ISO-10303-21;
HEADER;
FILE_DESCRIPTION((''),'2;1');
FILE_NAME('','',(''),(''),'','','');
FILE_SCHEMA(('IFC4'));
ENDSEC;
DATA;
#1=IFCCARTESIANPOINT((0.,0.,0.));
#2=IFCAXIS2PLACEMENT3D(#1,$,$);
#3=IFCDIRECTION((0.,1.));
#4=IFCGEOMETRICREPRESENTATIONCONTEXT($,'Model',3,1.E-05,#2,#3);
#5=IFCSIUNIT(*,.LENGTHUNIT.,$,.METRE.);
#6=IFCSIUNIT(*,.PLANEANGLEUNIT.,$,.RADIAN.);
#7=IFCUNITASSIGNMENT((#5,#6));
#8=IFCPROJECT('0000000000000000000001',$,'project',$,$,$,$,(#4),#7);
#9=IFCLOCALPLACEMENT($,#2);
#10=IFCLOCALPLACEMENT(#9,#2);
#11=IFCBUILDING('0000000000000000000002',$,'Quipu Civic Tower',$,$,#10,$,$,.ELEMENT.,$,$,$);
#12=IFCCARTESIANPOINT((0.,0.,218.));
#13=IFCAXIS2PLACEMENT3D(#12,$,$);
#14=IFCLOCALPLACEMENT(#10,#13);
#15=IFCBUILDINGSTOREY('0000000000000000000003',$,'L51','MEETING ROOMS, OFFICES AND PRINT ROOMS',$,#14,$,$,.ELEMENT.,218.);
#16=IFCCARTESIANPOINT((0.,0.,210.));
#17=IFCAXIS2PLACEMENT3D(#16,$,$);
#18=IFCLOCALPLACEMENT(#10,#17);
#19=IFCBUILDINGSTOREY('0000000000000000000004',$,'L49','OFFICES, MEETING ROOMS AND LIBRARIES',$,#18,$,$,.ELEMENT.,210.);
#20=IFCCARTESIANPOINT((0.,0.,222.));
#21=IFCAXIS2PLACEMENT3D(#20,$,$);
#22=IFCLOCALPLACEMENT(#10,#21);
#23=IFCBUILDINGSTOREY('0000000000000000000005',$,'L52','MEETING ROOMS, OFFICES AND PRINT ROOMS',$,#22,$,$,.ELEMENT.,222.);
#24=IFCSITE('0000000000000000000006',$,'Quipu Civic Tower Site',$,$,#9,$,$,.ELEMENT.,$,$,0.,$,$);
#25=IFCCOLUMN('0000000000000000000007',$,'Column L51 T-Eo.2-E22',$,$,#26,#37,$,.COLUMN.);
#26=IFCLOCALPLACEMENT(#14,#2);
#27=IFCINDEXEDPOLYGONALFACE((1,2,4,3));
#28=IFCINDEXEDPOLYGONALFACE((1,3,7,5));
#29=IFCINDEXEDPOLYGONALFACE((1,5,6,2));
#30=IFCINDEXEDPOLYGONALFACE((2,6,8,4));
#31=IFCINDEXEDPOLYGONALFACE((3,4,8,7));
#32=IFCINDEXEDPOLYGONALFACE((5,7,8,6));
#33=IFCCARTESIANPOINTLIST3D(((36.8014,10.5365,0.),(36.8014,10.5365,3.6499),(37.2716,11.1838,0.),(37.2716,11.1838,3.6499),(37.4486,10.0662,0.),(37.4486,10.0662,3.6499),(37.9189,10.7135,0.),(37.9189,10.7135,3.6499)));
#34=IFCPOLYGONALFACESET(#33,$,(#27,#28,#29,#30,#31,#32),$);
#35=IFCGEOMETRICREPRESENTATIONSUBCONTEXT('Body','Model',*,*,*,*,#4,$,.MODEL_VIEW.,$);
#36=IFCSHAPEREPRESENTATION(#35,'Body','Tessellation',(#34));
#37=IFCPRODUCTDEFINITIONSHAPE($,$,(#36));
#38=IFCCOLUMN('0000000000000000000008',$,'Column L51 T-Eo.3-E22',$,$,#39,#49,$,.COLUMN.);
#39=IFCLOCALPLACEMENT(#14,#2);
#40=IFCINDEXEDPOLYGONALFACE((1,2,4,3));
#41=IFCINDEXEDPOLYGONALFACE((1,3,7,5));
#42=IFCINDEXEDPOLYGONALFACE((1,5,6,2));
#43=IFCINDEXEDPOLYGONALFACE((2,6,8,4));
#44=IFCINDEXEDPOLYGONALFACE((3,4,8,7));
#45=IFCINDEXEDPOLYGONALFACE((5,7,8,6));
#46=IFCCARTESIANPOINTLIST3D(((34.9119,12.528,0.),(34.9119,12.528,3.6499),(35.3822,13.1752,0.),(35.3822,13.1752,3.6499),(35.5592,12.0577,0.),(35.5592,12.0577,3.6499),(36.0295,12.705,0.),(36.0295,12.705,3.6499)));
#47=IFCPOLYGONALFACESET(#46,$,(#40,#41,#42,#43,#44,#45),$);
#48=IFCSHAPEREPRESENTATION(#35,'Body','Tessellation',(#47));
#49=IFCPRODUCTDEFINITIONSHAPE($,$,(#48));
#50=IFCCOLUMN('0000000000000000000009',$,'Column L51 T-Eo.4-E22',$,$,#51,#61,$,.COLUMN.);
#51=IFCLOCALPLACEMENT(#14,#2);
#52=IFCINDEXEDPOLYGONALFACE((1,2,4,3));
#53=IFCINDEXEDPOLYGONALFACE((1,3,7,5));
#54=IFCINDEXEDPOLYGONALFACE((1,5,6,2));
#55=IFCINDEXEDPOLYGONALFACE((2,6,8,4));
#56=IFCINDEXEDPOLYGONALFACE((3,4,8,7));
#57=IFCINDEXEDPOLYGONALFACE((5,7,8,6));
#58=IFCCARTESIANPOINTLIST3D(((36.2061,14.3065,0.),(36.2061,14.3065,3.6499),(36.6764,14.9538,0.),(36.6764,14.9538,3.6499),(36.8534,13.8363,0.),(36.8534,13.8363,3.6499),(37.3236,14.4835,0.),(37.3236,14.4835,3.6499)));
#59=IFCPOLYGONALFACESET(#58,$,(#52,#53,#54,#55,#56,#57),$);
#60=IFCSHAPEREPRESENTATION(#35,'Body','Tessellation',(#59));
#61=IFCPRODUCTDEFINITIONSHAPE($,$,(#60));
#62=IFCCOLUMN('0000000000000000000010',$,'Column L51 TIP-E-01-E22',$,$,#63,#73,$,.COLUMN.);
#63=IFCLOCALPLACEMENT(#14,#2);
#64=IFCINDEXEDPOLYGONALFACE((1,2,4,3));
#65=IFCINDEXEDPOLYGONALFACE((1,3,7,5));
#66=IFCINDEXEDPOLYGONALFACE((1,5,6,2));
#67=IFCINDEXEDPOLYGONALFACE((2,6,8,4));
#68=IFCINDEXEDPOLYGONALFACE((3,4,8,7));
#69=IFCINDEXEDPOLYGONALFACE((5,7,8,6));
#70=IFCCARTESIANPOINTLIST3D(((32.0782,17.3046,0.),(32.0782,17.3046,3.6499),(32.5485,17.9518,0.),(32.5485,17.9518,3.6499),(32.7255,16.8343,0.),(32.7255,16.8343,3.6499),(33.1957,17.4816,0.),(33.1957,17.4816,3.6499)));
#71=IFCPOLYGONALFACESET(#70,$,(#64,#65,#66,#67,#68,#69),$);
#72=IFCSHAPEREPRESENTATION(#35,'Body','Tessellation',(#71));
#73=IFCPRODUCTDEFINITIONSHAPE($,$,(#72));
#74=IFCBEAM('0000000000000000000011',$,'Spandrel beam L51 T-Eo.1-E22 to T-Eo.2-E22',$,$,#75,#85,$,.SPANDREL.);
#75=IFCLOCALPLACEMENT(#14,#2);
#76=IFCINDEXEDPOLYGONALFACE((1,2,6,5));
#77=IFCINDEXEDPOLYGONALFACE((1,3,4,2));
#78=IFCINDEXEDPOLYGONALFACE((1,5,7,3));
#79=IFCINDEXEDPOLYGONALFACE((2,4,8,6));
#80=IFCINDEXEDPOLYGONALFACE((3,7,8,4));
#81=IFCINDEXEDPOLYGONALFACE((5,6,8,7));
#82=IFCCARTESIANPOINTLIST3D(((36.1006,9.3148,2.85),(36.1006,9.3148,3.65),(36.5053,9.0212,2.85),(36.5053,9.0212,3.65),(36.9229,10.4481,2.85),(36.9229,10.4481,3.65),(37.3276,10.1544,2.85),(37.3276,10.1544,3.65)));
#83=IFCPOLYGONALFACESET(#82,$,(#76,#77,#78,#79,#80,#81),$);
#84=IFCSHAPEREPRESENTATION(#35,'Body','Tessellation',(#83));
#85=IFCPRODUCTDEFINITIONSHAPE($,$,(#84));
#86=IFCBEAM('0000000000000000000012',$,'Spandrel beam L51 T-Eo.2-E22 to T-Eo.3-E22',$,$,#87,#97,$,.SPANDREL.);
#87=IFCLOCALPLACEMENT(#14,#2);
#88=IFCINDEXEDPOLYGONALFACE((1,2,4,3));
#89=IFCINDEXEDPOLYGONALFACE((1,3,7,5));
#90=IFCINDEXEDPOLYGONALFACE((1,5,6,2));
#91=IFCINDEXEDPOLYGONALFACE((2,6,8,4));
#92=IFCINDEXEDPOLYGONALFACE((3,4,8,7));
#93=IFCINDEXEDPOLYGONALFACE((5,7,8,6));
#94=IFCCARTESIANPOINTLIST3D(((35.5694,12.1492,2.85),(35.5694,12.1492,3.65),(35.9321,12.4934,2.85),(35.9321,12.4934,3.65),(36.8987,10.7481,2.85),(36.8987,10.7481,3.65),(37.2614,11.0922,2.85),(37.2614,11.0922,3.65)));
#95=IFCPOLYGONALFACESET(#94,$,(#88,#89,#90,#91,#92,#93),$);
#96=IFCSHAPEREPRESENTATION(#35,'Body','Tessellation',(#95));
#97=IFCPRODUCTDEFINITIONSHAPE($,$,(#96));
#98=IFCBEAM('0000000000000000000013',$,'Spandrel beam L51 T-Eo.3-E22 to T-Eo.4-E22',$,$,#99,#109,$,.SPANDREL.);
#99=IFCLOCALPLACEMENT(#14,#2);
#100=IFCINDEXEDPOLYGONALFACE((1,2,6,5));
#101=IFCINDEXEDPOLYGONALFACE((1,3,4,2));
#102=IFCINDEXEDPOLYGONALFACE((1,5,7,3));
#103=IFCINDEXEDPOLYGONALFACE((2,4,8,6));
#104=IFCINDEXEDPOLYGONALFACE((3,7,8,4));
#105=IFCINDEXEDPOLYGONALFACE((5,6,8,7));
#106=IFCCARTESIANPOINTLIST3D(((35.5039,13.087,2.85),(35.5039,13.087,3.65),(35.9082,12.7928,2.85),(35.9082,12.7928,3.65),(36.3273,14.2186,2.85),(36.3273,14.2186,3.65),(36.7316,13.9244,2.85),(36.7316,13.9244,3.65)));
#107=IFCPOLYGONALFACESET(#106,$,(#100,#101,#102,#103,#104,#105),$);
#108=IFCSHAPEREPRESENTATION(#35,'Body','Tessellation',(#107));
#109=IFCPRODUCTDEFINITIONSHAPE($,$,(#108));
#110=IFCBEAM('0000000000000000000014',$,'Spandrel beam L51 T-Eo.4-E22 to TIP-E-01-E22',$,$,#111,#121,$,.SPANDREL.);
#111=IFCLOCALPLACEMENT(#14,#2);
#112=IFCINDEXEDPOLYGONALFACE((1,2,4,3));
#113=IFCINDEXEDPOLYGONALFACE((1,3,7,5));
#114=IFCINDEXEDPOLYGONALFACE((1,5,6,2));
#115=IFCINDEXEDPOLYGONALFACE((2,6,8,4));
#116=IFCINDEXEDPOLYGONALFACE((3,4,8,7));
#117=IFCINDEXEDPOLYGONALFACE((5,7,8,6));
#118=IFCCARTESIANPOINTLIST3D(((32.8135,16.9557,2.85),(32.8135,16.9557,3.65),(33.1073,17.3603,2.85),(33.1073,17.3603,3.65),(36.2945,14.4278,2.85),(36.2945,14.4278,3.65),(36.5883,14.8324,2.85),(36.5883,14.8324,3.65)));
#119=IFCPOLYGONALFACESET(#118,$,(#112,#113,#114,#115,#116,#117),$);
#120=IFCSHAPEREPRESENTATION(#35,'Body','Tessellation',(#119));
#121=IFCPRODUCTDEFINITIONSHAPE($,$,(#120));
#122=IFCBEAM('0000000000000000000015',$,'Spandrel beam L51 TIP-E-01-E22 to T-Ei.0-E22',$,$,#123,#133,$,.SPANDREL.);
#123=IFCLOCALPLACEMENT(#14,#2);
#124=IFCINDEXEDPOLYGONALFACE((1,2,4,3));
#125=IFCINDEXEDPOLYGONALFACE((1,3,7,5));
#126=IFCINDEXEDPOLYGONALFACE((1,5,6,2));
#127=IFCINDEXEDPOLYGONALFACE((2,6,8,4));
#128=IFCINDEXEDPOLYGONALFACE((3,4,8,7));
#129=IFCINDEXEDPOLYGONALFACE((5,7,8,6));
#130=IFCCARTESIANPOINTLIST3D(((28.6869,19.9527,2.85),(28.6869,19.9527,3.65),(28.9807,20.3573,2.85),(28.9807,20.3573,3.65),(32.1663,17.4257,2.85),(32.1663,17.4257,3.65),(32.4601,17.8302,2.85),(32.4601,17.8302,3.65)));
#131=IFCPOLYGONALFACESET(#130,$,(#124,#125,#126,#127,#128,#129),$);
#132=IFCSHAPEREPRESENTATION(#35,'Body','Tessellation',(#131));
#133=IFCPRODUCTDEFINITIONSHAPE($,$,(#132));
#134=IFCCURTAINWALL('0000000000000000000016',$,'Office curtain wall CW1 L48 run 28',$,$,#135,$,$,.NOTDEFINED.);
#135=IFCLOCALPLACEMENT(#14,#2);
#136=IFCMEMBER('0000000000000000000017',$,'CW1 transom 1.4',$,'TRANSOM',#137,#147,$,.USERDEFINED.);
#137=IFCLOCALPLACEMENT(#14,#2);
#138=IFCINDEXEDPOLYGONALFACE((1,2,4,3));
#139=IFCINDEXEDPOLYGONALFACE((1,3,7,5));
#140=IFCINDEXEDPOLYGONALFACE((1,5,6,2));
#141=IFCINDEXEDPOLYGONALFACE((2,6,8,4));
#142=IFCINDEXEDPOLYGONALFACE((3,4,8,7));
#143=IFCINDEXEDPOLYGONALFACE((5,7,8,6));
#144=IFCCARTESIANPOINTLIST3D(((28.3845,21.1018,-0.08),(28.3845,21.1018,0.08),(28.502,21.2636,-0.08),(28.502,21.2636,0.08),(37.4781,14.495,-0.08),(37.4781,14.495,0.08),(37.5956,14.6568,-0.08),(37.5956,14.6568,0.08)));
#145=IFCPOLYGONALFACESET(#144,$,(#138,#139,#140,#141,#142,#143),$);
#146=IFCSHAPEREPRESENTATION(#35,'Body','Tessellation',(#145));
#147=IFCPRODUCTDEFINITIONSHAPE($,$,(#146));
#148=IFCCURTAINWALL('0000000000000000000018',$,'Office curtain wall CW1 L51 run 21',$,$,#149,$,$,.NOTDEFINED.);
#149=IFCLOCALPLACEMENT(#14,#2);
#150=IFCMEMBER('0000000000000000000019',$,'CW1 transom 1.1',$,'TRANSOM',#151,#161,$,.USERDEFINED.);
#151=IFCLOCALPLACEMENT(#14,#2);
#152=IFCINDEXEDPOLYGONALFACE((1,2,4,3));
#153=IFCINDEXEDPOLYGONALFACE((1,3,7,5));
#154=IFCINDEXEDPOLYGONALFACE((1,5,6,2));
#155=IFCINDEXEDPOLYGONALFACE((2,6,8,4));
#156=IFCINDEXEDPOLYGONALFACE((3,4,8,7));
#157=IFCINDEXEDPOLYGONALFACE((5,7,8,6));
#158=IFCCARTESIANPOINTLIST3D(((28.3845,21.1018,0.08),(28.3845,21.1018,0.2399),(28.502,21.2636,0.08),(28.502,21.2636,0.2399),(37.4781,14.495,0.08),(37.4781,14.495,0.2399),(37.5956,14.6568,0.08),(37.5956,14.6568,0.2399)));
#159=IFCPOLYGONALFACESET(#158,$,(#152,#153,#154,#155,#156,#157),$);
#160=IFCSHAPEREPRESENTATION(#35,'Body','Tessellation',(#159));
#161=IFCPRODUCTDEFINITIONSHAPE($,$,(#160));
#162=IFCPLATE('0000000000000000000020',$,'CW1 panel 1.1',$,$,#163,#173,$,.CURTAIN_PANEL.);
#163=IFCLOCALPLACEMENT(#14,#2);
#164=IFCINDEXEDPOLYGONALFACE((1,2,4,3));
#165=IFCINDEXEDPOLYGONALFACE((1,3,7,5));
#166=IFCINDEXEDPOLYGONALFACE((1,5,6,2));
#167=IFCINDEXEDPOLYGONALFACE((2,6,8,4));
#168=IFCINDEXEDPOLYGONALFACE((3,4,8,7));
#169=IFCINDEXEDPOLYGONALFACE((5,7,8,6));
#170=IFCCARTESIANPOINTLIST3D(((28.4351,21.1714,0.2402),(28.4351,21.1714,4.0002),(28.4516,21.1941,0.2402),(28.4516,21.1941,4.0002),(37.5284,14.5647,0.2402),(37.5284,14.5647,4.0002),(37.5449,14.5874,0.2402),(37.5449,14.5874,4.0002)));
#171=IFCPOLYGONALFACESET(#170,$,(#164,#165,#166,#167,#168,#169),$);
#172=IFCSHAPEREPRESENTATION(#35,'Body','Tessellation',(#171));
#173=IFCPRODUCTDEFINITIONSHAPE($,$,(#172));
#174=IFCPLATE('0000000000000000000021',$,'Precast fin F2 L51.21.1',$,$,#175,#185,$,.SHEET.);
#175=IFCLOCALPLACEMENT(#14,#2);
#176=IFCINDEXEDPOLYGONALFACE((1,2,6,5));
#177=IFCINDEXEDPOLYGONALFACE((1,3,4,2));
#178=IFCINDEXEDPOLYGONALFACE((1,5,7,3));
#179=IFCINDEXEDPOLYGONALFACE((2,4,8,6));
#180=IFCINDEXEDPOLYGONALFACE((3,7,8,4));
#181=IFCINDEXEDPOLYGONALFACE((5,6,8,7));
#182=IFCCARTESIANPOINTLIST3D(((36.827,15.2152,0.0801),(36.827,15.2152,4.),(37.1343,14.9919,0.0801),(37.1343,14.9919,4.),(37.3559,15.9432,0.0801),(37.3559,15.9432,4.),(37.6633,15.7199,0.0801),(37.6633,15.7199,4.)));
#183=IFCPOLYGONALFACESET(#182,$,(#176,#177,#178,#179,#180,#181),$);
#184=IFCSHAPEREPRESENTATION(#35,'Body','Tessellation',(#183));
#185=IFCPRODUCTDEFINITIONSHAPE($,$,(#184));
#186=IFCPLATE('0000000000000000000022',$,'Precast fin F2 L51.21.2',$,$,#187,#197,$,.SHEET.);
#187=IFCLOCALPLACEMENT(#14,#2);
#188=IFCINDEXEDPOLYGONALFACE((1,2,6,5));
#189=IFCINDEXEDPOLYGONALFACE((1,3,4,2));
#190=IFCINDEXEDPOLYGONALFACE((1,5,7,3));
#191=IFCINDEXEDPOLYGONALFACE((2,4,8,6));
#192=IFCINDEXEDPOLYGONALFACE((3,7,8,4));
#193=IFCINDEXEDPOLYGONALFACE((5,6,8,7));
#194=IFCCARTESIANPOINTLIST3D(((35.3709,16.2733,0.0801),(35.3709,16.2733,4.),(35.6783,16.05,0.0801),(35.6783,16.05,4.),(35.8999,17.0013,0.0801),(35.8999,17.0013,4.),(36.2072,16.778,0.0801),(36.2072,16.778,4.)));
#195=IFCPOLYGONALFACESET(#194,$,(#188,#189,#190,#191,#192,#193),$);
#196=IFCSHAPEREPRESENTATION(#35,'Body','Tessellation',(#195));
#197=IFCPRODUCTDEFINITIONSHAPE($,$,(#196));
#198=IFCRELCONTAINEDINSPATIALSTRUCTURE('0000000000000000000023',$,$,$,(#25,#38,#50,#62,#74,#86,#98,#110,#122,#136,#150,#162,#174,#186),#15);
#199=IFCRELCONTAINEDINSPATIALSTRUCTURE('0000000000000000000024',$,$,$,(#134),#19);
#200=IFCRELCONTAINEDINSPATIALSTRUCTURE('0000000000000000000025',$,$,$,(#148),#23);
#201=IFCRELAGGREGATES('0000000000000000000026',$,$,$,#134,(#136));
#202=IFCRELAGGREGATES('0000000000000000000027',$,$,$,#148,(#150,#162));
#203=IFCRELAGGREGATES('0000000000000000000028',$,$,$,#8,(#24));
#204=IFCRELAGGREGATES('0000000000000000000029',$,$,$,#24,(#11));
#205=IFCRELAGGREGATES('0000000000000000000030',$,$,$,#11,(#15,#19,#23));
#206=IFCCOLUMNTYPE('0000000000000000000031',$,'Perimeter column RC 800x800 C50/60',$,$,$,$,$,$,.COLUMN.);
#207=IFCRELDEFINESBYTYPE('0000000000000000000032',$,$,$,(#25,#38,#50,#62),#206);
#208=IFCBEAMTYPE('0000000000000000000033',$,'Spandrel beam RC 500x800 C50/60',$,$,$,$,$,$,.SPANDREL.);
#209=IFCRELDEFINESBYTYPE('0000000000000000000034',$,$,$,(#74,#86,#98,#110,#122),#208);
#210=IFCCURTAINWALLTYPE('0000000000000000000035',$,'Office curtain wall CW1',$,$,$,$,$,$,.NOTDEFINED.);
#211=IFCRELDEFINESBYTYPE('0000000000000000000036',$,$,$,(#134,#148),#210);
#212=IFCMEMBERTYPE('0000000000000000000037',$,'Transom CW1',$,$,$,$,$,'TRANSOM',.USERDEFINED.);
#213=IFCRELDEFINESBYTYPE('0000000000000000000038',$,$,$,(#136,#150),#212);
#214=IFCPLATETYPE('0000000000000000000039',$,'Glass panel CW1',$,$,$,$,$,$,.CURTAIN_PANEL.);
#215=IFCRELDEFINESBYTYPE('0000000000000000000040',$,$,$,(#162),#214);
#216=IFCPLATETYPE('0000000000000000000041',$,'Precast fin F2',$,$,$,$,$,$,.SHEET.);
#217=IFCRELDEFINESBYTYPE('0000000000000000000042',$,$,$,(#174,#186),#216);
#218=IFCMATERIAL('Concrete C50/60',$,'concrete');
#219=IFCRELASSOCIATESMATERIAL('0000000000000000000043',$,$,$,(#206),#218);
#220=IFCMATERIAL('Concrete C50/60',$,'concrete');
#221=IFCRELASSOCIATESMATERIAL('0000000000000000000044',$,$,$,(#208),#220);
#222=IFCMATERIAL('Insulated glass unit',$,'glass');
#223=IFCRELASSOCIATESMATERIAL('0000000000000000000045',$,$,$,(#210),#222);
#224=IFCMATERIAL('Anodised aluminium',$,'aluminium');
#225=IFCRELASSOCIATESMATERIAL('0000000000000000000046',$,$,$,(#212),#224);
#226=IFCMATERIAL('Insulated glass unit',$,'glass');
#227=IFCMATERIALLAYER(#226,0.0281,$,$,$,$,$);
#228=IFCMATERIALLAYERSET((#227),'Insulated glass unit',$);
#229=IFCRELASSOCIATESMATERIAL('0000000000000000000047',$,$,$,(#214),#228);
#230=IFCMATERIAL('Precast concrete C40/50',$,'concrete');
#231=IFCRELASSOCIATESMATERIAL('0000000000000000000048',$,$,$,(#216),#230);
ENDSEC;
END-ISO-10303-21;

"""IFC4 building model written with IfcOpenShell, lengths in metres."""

from ifc_helpers import new_model, si_unit, direction, frame, origin, origin_2d, place, context, subcontext, project, spatial, rectangle, extrude, material, layer, layer_set, material_profile, profile_set, type_object, element, aggregate, save


model = new_model("IFC4")

# Units and contexts
model_context = context("Model", 3, precision=1e-05, world=origin(), true_north=direction((0.0, 1.0)))
body_context = subcontext(model_context, "Body", "Model", "MODEL_VIEW")
ifc_project = project(units=[si_unit("LENGTHUNIT", "METRE"), si_unit("PLANEANGLEUNIT", "RADIAN")], contexts=[model_context])

# Site, building, storey
site_placement = place(None, origin())
site = spatial("IfcSite", under=ifc_project, at=site_placement, Name="Quipu Civic Tower Site", CompositionType="ELEMENT", RefElevation=0.0)
building_placement = place(site_placement, origin())
building = spatial("IfcBuilding", under=site, at=building_placement, Name="Quipu Civic Tower", CompositionType="ELEMENT")
storey_1_placement = place(building_placement, frame((0.0, 0.0, 218.0)))
storey_1 = spatial("IfcBuildingStorey", under=building, at=storey_1_placement, Name="L51", Description="MEETING ROOMS, OFFICES AND PRINT ROOMS", CompositionType="ELEMENT", Elevation=218.0)

# Columns
ifc_material_1 = material(Name="Concrete C50/60", Category="concrete")
ifc_material_profile_1 = material_profile(ifc_material_1, rectangle(XDim=0.8, YDim=0.8, at=origin_2d()), Name="RC800x800")
ifc_profile_set_1 = profile_set([ifc_material_profile_1], Name="Concrete C50/60")
column_type = type_object("IfcColumnType", Name="Perimeter column RC 800x800 C50/60", PredefinedType="COLUMN", material=ifc_profile_set_1)
for number, where, z_axis, x_axis, name in (
    (1, (37.3601, 10.625, 0.0), (0.0, 0.0, 1.0), (0.587785, 0.809017, 0.0), "Column L51 T-Eo.2-E22"),
    (2, (35.4707, 12.6165, 0.0), (0.0, 0.0, 1.0), (-0.809017, 0.587785, 0.0), "Column L51 T-Eo.3-E22"),
    (3, (36.7649, 14.395, 0.0), (0.0, 0.0, 1.0), (-0.809017, 0.587785, 0.0), "Column L51 T-Eo.4-E22"),
    (4, (32.637, 17.3931, 0.0), (0.0, 0.0, 1.0), (-0.809017, 0.587785, 0.0), "Column L51 TIP-E-01-E22"),
):
    element("IfcColumn", number, at=place(storey_1_placement, frame(where, z_axis=z_axis, x_axis=x_axis)), inside=storey_1, type_object=column_type, Name=name, PredefinedType="COLUMN", context=body_context, shape_type="SweptSolid", body=[
        extrude(rectangle(XDim=0.8, YDim=0.8, at=origin_2d()), origin(), (0.0, 0.0, 1.0), 3.6499),
    ])

# Beams
ifc_material_2 = material(Name="Concrete C50/60", Category="concrete")
ifc_material_profile_2 = material_profile(ifc_material_2, rectangle(XDim=0.5, YDim=0.8, at=origin_2d()), Name="RC500x800")
ifc_profile_set_2 = profile_set([ifc_material_profile_2], Name="Concrete C50/60")
beam_type = type_object("IfcBeamType", Name="Spandrel beam RC 500x800 C50/60", PredefinedType="SPANDREL", material=ifc_profile_set_2)
beam_1_placement = place(storey_1_placement, frame((36.303, 9.168, 3.25), z_axis=(0.587259, 0.809399, 0.0), x_axis=(-0.809399, 0.587259, 0.0)))
element("IfcBeam", 5, at=beam_1_placement, inside=storey_1, type_object=beam_type, Name="Spandrel beam L51 T-Eo.1-E22 to T-Eo.2-E22", PredefinedType="SPANDREL", context=body_context, shape_type="SweptSolid", body=[
    extrude(rectangle(XDim=0.5, YDim=0.8, at=origin_2d()), origin(), (0.0, 0.0, 1.0), 1.4001),
])
beam_2_placement = place(storey_1_placement, frame((37.0801, 10.9202, 3.25), z_axis=(-0.688281, 0.725444, 0.0), x_axis=(-0.725444, -0.688281, 0.0)))
element("IfcBeam", 6, at=beam_2_placement, inside=storey_1, type_object=beam_type, Name="Spandrel beam L51 T-Eo.2-E22 to T-Eo.3-E22", PredefinedType="SPANDREL", context=body_context, shape_type="SweptSolid", body=[
    extrude(rectangle(XDim=0.5, YDim=0.8, at=origin_2d()), origin(), (0.0, 0.0, 1.0), 1.9314),
])
beam_3_placement = place(storey_1_placement, frame((35.7061, 12.9399, 3.25), z_axis=(0.58841, 0.808563, 0.0), x_axis=(-0.808563, 0.58841, 0.0)))
element("IfcBeam", 7, at=beam_3_placement, inside=storey_1, type_object=beam_type, Name="Spandrel beam L51 T-Eo.3-E22 to T-Eo.4-E22", PredefinedType="SPANDREL", context=body_context, shape_type="SweptSolid", body=[
    extrude(rectangle(XDim=0.5, YDim=0.8, at=origin_2d()), origin(), (0.0, 0.0, 1.0), 1.3994),
])
beam_4_placement = place(storey_1_placement, frame((36.4414, 14.6301, 3.25), z_axis=(-0.809153, 0.587598, 0.0), x_axis=(-0.587598, -0.809153, 0.0)))
element("IfcBeam", 8, at=beam_4_placement, inside=storey_1, type_object=beam_type, Name="Spandrel beam L51 T-Eo.4-E22 to TIP-E-01-E22", PredefinedType="SPANDREL", context=body_context, shape_type="SweptSolid", body=[
    extrude(rectangle(XDim=0.5, YDim=0.8, at=origin_2d()), origin(), (0.0, 0.0, 1.0), 4.302),
])
beam_5_placement = place(storey_1_placement, frame((32.3132, 17.6279, 3.25), z_axis=(-0.809116, 0.587648, 0.0), x_axis=(-0.587648, -0.809116, 0.0)))
element("IfcBeam", 9, at=beam_5_placement, inside=storey_1, type_object=beam_type, Name="Spandrel beam L51 TIP-E-01-E22 to T-Ei.0-E22", PredefinedType="SPANDREL", context=body_context, shape_type="SweptSolid", body=[
    extrude(rectangle(XDim=0.5, YDim=0.8, at=origin_2d()), origin(), (0.0, 0.0, 1.0), 4.3003),
])

# Shared definitions
storey_2_placement = place(building_placement, frame((0.0, 0.0, 210.0)))
storey_2 = spatial("IfcBuildingStorey", under=building, at=storey_2_placement, Name="L49", Description="OFFICES, MEETING ROOMS AND LIBRARIES", CompositionType="ELEMENT", Elevation=210.0)

# Curtain wall, member
ifc_material_3 = material(Name="Insulated glass unit", Category="glass")
curtain_wall_type = type_object("IfcCurtainWallType", Name="Office curtain wall CW1", PredefinedType="NOTDEFINED", material=ifc_material_3)
curtain_wall_1_placement = place(storey_2_placement, origin())
curtain_wall_1 = element("IfcCurtainWall", 10, at=curtain_wall_1_placement, inside=storey_2, type_object=curtain_wall_type, Name="Office curtain wall CW1 L48 run 28", PredefinedType="NOTDEFINED")
ifc_material_4 = material(Name="Anodised aluminium", Category="aluminium")
ifc_material_profile_3 = material_profile(ifc_material_4, rectangle(XDim=0.2, YDim=0.1599, at=origin_2d()), Name="RECT 200x160")
ifc_profile_set_3 = profile_set([ifc_material_profile_3], Name="Anodised aluminium")
member_type = type_object("IfcMemberType", Name="Transom CW1", ElementType="TRANSOM", PredefinedType="USERDEFINED", material=ifc_profile_set_3)
member_1_placement = place(storey_1_placement, frame((37.5369, 14.5759, 0.0), z_axis=(-0.809022, 0.587778, 0.0), x_axis=(-0.587778, -0.809022, 0.0)))
member_1 = element("IfcMember", 11, at=member_1_placement, inside=storey_1, type_object=member_type, Name="CW1 transom 1.4", ObjectType="TRANSOM", PredefinedType="USERDEFINED", context=body_context, shape_type="SweptSolid", body=[
    extrude(rectangle(XDim=0.2, YDim=0.1599, at=origin_2d()), origin(), (0.0, 0.0, 1.0), 11.2402),
])
aggregate(curtain_wall_1, [member_1])

# Shared definitions
storey_3_placement = place(building_placement, frame((0.0, 0.0, 222.0)))
storey_3 = spatial("IfcBuildingStorey", under=building, at=storey_3_placement, Name="L52", Description="MEETING ROOMS, OFFICES AND PRINT ROOMS", CompositionType="ELEMENT", Elevation=222.0)

# Curtain wall, member, plate
curtain_wall_2_placement = place(storey_3_placement, origin())
curtain_wall_2 = element("IfcCurtainWall", 12, at=curtain_wall_2_placement, inside=storey_3, type_object=curtain_wall_type, Name="Office curtain wall CW1 L51 run 21", PredefinedType="NOTDEFINED")
member_2_placement = place(storey_1_placement, frame((37.5369, 14.5759, 0.1599), z_axis=(-0.809022, 0.587778, 0.0), x_axis=(-0.587778, -0.809022, 0.0)))
member_2 = element("IfcMember", 13, at=member_2_placement, inside=storey_1, type_object=member_type, Name="CW1 transom 1.1", ObjectType="TRANSOM", PredefinedType="USERDEFINED", context=body_context, shape_type="SweptSolid", body=[
    extrude(rectangle(XDim=0.2, YDim=0.1599, at=origin_2d()), origin(), (0.0, 0.0, 1.0), 11.2402),
])
ifc_material_5 = material(Name="Insulated glass unit", Category="glass")
ifc_layer_1 = layer(ifc_material_5, 0.0281)
ifc_layer_set_1 = layer_set([ifc_layer_1], Name="Insulated glass unit")
plate_type_1 = type_object("IfcPlateType", Name="Glass panel CW1", PredefinedType="CURTAIN_PANEL", material=ifc_layer_set_1)
plate_placement = place(storey_1_placement, frame((32.99, 17.8794, 0.2402), z_axis=(0.0, 0.0, 1.0), x_axis=(-0.809015, 0.587788, 0.0)))
plate = element("IfcPlate", 14, at=plate_placement, inside=storey_1, type_object=plate_type_1, Name="CW1 panel 1.1", PredefinedType="CURTAIN_PANEL", context=body_context, shape_type="SweptSolid", body=[
    extrude(rectangle(XDim=11.24, YDim=0.0281, at=origin_2d()), origin(), (0.0, 0.0, 1.0), 3.76),
])
aggregate(curtain_wall_2, [member_2, plate])

# Plates
ifc_material_6 = material(Name="Precast concrete C40/50", Category="concrete")
plate_type_2 = type_object("IfcPlateType", Name="Precast fin F2", PredefinedType="SHEET", material=ifc_material_6)
for number, where, z_axis, x_axis, name in (
    (15, (37.2451, 15.4675, 0.0801), (0.0, 0.0, 1.0), (-0.809017, 0.587785, 0.0), "Precast fin F2 L51.21.1"),
    (16, (35.7891, 16.5256, 0.0801), (0.0, 0.0, 1.0), (-0.809017, 0.587785, 0.0), "Precast fin F2 L51.21.2"),
):
    element("IfcPlate", number, at=place(storey_1_placement, frame(where, z_axis=z_axis, x_axis=x_axis)), inside=storey_1, type_object=plate_type_2, Name=name, PredefinedType="SHEET", context=body_context, shape_type="SweptSolid", body=[
        extrude(rectangle(XDim=0.3799, YDim=0.8999, at=origin_2d()), origin(), (0.0, 0.0, 1.0), 3.9199),
    ])

save(model, "model.ifc")
